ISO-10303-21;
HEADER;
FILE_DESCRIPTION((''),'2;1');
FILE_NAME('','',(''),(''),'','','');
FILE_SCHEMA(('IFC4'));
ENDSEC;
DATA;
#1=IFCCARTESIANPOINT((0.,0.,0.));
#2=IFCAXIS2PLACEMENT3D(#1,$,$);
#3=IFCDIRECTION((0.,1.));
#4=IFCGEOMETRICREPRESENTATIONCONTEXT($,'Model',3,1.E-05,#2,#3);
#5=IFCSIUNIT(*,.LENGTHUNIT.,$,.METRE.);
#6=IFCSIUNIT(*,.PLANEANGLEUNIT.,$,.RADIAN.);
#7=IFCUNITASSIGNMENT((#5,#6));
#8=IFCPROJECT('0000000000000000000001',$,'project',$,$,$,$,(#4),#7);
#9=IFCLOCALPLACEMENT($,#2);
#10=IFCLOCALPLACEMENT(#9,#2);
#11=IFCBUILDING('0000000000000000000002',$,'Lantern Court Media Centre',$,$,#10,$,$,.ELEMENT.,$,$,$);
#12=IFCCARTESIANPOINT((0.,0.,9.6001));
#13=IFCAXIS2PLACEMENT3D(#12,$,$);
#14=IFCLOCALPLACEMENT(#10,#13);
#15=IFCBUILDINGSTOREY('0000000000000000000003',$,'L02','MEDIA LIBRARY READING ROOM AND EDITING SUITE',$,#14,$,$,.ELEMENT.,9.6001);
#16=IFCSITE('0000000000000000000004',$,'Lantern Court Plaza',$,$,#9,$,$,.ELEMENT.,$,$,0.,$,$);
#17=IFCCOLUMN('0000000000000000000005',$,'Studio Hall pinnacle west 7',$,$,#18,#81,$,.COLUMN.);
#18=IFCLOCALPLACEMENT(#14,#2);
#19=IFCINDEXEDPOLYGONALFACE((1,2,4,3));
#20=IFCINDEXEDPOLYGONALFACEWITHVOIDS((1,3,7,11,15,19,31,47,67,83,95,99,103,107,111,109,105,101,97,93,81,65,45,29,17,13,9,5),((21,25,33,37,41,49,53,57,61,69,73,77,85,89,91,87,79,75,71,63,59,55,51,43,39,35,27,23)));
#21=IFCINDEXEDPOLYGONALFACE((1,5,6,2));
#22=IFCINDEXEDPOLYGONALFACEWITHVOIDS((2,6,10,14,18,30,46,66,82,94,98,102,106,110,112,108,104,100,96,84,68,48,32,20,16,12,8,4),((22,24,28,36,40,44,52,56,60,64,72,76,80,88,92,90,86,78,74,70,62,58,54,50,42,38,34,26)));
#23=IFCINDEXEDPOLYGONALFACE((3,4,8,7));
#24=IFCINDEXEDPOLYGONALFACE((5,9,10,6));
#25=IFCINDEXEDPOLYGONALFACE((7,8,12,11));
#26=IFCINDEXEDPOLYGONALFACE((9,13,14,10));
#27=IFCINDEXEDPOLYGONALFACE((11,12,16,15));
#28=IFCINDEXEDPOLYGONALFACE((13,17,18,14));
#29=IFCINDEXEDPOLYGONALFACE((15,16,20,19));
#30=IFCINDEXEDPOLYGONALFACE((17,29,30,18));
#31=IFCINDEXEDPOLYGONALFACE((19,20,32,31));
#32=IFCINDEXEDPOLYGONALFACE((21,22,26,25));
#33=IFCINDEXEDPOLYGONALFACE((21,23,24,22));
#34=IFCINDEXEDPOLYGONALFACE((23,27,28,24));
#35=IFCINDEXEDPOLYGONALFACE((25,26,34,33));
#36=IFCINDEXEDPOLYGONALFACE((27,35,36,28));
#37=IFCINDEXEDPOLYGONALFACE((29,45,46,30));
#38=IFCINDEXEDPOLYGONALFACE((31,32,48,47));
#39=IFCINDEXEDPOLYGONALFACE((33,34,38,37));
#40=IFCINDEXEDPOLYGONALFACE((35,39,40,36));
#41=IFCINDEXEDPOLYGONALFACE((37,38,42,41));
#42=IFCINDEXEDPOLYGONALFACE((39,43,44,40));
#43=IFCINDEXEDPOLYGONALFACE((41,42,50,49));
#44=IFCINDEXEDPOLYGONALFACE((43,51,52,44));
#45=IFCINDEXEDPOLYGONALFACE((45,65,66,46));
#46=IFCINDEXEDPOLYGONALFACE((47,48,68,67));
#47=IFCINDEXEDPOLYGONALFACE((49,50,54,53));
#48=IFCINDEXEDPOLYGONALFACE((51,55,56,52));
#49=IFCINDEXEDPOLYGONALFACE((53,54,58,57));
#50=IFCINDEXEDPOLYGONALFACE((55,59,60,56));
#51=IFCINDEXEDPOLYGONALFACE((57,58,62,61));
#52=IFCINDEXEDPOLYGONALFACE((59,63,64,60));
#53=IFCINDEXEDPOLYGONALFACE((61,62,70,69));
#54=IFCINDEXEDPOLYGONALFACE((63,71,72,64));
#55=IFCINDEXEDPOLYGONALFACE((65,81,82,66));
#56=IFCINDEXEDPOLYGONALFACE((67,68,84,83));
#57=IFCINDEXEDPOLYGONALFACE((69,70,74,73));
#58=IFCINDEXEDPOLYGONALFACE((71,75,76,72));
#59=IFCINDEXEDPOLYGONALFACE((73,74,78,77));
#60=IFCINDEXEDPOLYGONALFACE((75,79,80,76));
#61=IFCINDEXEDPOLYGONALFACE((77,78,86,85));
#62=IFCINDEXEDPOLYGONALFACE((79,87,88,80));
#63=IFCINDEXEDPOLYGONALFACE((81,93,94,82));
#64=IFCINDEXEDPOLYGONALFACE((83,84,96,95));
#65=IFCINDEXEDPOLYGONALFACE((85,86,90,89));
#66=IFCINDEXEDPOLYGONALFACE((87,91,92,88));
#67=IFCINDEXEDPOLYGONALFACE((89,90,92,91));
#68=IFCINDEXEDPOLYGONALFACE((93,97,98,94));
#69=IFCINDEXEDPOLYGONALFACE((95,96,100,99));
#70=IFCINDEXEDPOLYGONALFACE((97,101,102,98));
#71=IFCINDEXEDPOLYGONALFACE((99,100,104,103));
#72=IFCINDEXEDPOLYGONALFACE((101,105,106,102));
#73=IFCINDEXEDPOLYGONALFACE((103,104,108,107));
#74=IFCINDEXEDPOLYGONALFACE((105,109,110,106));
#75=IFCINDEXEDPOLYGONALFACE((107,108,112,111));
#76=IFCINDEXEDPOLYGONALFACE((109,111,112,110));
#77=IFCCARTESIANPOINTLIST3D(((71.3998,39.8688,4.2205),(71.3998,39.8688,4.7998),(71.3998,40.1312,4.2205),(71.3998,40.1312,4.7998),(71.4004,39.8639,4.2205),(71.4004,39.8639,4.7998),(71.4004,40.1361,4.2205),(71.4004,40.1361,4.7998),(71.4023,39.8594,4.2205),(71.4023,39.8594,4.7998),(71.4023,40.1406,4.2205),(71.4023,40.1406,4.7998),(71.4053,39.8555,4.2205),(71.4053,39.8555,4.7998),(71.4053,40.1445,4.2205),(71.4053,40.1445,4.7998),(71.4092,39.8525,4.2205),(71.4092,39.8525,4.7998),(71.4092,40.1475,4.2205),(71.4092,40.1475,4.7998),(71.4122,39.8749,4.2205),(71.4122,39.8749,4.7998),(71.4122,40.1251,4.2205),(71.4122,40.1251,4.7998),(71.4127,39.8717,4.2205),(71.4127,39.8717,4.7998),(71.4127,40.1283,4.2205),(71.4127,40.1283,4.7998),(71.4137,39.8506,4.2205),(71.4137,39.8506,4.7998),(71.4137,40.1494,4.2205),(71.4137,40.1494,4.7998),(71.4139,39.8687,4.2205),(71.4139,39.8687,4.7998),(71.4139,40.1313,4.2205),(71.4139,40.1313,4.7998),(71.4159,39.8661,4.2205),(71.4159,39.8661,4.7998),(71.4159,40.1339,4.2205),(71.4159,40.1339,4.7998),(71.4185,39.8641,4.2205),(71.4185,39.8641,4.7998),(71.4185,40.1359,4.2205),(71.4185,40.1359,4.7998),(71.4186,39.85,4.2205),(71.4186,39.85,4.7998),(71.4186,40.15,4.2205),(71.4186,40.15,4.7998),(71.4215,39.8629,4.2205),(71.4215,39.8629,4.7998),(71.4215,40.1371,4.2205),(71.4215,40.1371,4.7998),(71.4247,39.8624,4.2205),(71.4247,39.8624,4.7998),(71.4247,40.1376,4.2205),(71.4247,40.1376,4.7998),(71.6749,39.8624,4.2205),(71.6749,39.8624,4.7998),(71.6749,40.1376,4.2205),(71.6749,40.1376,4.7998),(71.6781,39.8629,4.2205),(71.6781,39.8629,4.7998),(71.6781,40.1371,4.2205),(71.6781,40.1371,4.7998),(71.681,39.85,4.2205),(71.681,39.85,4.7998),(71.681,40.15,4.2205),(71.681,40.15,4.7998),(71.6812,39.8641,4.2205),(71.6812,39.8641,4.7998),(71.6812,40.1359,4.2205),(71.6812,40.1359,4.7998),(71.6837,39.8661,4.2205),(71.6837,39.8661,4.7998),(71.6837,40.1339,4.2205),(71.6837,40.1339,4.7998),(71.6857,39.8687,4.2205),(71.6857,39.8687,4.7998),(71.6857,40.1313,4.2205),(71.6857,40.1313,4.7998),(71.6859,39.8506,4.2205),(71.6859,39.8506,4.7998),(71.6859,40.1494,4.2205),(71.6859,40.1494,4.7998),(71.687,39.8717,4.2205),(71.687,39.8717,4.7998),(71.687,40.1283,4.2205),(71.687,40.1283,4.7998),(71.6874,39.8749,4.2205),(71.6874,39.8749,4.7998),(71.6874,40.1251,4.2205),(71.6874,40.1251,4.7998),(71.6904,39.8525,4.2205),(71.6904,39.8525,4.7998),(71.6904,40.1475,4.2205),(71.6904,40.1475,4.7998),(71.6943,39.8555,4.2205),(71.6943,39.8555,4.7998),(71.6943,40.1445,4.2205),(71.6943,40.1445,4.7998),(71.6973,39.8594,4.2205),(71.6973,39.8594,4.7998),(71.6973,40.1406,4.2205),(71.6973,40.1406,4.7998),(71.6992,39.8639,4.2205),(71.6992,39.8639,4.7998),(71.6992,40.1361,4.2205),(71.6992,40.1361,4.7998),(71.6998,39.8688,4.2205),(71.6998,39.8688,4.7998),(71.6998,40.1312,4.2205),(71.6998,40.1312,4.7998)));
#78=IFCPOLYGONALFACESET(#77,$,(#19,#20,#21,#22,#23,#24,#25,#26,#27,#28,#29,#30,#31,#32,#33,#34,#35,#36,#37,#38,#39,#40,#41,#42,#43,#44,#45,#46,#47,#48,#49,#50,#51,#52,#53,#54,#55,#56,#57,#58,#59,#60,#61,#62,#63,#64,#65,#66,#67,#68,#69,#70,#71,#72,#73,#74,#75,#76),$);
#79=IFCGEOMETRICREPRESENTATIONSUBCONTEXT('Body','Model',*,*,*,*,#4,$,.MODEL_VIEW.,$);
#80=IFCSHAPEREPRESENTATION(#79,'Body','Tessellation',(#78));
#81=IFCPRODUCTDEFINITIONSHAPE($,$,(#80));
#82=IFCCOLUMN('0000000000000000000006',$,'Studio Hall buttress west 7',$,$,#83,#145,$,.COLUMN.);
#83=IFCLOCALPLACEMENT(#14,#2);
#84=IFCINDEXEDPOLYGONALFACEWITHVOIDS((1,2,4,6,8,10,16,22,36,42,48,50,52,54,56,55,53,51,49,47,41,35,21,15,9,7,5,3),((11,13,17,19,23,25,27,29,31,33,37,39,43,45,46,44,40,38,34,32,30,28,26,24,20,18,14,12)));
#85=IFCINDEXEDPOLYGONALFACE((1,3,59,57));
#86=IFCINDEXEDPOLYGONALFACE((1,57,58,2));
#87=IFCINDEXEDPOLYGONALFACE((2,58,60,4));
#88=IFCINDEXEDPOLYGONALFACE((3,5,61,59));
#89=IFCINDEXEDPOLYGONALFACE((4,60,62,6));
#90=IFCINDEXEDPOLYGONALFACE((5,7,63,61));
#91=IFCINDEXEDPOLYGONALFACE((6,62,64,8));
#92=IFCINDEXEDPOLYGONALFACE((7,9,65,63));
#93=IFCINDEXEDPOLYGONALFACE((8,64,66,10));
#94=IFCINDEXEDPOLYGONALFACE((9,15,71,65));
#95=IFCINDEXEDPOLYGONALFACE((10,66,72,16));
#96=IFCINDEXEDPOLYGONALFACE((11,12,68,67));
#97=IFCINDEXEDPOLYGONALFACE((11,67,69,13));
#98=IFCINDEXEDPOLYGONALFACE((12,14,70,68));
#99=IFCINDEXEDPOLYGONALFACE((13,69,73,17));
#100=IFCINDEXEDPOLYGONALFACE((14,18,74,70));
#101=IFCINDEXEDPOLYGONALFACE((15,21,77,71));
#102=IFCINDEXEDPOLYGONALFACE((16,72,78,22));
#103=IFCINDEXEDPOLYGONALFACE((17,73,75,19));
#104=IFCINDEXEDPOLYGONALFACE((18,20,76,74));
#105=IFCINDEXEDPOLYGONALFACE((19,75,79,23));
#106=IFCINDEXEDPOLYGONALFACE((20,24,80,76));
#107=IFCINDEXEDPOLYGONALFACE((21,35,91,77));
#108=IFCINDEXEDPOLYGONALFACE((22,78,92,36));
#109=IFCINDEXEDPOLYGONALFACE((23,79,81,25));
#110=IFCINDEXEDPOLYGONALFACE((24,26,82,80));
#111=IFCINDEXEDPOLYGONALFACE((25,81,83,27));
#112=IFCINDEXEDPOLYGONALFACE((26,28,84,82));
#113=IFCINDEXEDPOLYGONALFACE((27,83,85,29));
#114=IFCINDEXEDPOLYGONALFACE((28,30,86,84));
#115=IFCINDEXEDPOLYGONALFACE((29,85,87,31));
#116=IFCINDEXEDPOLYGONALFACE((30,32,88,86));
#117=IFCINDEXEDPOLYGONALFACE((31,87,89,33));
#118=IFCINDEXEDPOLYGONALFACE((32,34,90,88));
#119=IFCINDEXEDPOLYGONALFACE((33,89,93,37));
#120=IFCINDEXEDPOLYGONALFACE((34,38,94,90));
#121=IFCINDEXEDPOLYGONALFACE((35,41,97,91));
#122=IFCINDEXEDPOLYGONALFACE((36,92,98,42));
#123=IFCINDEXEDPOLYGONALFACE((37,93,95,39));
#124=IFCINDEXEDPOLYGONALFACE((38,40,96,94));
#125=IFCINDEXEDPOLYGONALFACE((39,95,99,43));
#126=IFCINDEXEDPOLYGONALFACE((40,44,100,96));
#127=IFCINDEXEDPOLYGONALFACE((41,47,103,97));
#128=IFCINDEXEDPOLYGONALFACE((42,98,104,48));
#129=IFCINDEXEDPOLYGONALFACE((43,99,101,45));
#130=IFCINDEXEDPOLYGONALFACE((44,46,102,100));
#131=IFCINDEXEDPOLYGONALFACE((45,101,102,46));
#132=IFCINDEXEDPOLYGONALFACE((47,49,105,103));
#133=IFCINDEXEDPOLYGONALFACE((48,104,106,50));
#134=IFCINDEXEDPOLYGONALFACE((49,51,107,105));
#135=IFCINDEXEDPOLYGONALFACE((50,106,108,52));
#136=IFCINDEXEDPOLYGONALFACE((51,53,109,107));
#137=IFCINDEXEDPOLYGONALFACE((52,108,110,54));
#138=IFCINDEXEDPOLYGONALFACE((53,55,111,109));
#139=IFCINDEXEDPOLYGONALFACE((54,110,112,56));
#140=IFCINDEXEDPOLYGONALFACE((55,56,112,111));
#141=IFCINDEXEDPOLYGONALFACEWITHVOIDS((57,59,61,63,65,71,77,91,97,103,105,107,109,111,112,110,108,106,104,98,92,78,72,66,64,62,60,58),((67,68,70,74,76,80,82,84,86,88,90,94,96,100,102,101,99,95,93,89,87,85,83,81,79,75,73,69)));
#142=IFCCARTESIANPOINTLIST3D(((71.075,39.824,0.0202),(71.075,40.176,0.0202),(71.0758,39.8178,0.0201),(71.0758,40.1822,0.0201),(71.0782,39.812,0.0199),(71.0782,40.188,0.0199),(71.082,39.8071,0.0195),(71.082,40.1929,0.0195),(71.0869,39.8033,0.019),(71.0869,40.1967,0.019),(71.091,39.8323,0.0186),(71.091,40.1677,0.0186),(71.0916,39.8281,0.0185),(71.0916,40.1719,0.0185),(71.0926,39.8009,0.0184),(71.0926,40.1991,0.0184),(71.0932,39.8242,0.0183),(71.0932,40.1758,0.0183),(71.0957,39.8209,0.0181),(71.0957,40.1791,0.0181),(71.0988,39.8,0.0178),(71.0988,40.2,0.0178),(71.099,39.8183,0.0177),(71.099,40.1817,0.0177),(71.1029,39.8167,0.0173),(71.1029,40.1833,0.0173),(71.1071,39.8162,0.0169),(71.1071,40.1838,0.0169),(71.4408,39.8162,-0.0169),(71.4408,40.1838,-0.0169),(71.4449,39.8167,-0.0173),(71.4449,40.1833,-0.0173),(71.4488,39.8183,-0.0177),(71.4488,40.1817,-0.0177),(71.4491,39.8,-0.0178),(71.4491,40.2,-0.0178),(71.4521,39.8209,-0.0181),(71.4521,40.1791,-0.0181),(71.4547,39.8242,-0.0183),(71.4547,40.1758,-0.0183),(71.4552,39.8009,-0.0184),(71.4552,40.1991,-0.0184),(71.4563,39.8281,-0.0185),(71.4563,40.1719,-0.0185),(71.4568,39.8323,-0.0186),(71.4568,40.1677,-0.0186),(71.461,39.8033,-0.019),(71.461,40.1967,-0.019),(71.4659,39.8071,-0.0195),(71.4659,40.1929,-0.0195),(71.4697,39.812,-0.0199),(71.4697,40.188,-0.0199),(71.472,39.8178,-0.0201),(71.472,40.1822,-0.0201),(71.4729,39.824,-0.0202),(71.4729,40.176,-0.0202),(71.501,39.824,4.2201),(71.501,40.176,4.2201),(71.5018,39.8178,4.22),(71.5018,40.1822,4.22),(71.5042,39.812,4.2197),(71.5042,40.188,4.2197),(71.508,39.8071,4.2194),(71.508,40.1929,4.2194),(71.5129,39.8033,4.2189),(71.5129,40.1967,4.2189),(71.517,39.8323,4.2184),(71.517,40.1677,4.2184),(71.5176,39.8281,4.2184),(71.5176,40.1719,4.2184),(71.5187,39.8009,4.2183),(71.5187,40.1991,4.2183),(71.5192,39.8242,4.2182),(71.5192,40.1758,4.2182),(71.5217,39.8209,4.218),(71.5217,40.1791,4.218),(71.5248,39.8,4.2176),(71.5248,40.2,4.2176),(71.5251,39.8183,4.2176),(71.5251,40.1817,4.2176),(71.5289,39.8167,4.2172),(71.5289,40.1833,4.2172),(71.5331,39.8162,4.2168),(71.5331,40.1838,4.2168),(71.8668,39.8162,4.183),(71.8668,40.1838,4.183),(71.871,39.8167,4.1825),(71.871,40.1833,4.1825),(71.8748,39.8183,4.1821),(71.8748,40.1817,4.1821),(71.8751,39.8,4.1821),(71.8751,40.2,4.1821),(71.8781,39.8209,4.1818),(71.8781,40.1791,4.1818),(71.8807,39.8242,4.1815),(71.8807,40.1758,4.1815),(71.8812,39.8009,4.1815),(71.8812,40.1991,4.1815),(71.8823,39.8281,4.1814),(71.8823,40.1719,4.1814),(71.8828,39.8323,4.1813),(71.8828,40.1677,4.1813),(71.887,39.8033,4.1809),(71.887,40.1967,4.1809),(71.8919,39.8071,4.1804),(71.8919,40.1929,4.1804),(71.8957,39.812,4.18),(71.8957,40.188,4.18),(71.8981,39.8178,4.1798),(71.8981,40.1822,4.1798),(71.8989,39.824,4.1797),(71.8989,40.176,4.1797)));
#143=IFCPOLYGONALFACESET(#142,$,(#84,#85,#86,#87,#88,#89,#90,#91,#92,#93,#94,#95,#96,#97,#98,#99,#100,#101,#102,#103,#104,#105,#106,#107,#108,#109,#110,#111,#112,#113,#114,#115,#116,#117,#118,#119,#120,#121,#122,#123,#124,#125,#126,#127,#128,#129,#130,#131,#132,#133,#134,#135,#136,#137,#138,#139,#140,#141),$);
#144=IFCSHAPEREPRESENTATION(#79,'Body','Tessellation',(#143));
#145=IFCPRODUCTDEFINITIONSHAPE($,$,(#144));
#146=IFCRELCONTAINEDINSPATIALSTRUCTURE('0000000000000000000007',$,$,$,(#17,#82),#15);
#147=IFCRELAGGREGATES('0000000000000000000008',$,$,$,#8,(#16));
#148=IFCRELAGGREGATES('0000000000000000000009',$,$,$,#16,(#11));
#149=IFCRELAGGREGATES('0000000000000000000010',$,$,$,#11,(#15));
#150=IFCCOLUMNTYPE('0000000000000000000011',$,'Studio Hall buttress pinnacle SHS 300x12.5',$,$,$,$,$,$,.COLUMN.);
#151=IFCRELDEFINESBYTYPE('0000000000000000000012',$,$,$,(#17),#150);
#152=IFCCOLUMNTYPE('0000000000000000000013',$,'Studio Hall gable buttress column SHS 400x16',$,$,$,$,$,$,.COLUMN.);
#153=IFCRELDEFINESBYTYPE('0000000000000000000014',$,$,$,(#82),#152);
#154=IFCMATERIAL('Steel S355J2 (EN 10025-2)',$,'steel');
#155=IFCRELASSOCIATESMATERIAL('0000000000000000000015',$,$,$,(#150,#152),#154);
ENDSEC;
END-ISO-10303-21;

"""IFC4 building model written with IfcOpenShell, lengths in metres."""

from ifc_helpers import new_model, si_unit, direction, frame, origin, origin_2d, place, context, subcontext, project, spatial, hollow_rectangle, extrude, material, material_profile, profile_set, type_object, element, save


model = new_model("IFC4")

# Units and contexts
model_context = context("Model", 3, precision=1e-05, world=origin(), true_north=direction((0.0, 1.0)))
body_context = subcontext(model_context, "Body", "Model", "MODEL_VIEW")
ifc_project = project(units=[si_unit("LENGTHUNIT", "METRE"), si_unit("PLANEANGLEUNIT", "RADIAN")], contexts=[model_context])

# Site, building, storey
site_placement = place(None, origin())
site = spatial("IfcSite", under=ifc_project, at=site_placement, Name="Lantern Court Plaza", CompositionType="ELEMENT", RefElevation=0.0)
building_placement = place(site_placement, origin())
building = spatial("IfcBuilding", under=site, at=building_placement, Name="Lantern Court Media Centre", CompositionType="ELEMENT")
storey_placement = place(building_placement, frame((0.0, 0.0, 9.6001)))
storey = spatial("IfcBuildingStorey", under=building, at=storey_placement, Name="L02", Description="MEDIA LIBRARY READING ROOM AND EDITING SUITE", CompositionType="ELEMENT", Elevation=9.6001)

# Columns
ifc_material_1 = material(Name="Steel S355J2 (EN 10025-2)", Category="steel")
ifc_material_profile_1 = material_profile(ifc_material_1, hollow_rectangle(XDim=0.3, YDim=0.3, WallThickness=0.0125, InnerFilletRadius=0.0125, OuterFilletRadius=0.0188, at=origin_2d()), Name="Studio Hall buttress pinnacle SHS 300x12.5")
ifc_profile_set_1 = profile_set([ifc_material_profile_1], Name="Steel S355J2 (EN 10025-2)")
column_type_1 = type_object("IfcColumnType", Name="Studio Hall buttress pinnacle SHS 300x12.5", PredefinedType="COLUMN", material=ifc_profile_set_1)
for number, where, z_axis, x_axis, name in (
    (1, (71.5498, 40.0, 4.2205), (0.0, 0.0, 1.0), (1.0, 0.0, 0.0), "Studio Hall pinnacle west 7"),
):
    element("IfcColumn", number, at=place(storey_placement, frame(where, z_axis=z_axis, x_axis=x_axis)), inside=storey, type_object=column_type_1, Name=name, PredefinedType="COLUMN", context=body_context, shape_type="SweptSolid", body=[
        extrude(hollow_rectangle(XDim=0.3, YDim=0.3, WallThickness=0.0125, InnerFilletRadius=0.0125, OuterFilletRadius=0.0188, at=origin_2d()), origin(), (0.0, 0.0, 1.0), 0.5793),
    ])
ifc_material_profile_2 = material_profile(ifc_material_1, hollow_rectangle(XDim=0.3999, YDim=0.3999, WallThickness=0.0161, InnerFilletRadius=0.0161, OuterFilletRadius=0.0239, at=origin_2d()), Name="Studio Hall gable buttress column SHS 400x16")
ifc_profile_set_2 = profile_set([ifc_material_profile_2], Name="Steel S355J2 (EN 10025-2)")
column_type_2 = type_object("IfcColumnType", Name="Studio Hall gable buttress column SHS 400x16", PredefinedType="COLUMN", material=ifc_profile_set_2)
column_1_placement = place(storey_placement, frame((71.2739, 40.0, 0.0), z_axis=(0.100918, 0.0, 0.994895), x_axis=(0.0, 1.0, 0.0)))
element("IfcColumn", 2, at=column_1_placement, inside=storey, type_object=column_type_2, Name="Studio Hall buttress west 7", PredefinedType="COLUMN", context=body_context, shape_type="SweptSolid", body=[
    extrude(hollow_rectangle(XDim=0.3999, YDim=0.3999, WallThickness=0.0161, InnerFilletRadius=0.0161, OuterFilletRadius=0.0239, at=origin_2d()), origin(), (0.0, 0.0, 1.0), 4.2214),
])

save(model, "model.ifc")
